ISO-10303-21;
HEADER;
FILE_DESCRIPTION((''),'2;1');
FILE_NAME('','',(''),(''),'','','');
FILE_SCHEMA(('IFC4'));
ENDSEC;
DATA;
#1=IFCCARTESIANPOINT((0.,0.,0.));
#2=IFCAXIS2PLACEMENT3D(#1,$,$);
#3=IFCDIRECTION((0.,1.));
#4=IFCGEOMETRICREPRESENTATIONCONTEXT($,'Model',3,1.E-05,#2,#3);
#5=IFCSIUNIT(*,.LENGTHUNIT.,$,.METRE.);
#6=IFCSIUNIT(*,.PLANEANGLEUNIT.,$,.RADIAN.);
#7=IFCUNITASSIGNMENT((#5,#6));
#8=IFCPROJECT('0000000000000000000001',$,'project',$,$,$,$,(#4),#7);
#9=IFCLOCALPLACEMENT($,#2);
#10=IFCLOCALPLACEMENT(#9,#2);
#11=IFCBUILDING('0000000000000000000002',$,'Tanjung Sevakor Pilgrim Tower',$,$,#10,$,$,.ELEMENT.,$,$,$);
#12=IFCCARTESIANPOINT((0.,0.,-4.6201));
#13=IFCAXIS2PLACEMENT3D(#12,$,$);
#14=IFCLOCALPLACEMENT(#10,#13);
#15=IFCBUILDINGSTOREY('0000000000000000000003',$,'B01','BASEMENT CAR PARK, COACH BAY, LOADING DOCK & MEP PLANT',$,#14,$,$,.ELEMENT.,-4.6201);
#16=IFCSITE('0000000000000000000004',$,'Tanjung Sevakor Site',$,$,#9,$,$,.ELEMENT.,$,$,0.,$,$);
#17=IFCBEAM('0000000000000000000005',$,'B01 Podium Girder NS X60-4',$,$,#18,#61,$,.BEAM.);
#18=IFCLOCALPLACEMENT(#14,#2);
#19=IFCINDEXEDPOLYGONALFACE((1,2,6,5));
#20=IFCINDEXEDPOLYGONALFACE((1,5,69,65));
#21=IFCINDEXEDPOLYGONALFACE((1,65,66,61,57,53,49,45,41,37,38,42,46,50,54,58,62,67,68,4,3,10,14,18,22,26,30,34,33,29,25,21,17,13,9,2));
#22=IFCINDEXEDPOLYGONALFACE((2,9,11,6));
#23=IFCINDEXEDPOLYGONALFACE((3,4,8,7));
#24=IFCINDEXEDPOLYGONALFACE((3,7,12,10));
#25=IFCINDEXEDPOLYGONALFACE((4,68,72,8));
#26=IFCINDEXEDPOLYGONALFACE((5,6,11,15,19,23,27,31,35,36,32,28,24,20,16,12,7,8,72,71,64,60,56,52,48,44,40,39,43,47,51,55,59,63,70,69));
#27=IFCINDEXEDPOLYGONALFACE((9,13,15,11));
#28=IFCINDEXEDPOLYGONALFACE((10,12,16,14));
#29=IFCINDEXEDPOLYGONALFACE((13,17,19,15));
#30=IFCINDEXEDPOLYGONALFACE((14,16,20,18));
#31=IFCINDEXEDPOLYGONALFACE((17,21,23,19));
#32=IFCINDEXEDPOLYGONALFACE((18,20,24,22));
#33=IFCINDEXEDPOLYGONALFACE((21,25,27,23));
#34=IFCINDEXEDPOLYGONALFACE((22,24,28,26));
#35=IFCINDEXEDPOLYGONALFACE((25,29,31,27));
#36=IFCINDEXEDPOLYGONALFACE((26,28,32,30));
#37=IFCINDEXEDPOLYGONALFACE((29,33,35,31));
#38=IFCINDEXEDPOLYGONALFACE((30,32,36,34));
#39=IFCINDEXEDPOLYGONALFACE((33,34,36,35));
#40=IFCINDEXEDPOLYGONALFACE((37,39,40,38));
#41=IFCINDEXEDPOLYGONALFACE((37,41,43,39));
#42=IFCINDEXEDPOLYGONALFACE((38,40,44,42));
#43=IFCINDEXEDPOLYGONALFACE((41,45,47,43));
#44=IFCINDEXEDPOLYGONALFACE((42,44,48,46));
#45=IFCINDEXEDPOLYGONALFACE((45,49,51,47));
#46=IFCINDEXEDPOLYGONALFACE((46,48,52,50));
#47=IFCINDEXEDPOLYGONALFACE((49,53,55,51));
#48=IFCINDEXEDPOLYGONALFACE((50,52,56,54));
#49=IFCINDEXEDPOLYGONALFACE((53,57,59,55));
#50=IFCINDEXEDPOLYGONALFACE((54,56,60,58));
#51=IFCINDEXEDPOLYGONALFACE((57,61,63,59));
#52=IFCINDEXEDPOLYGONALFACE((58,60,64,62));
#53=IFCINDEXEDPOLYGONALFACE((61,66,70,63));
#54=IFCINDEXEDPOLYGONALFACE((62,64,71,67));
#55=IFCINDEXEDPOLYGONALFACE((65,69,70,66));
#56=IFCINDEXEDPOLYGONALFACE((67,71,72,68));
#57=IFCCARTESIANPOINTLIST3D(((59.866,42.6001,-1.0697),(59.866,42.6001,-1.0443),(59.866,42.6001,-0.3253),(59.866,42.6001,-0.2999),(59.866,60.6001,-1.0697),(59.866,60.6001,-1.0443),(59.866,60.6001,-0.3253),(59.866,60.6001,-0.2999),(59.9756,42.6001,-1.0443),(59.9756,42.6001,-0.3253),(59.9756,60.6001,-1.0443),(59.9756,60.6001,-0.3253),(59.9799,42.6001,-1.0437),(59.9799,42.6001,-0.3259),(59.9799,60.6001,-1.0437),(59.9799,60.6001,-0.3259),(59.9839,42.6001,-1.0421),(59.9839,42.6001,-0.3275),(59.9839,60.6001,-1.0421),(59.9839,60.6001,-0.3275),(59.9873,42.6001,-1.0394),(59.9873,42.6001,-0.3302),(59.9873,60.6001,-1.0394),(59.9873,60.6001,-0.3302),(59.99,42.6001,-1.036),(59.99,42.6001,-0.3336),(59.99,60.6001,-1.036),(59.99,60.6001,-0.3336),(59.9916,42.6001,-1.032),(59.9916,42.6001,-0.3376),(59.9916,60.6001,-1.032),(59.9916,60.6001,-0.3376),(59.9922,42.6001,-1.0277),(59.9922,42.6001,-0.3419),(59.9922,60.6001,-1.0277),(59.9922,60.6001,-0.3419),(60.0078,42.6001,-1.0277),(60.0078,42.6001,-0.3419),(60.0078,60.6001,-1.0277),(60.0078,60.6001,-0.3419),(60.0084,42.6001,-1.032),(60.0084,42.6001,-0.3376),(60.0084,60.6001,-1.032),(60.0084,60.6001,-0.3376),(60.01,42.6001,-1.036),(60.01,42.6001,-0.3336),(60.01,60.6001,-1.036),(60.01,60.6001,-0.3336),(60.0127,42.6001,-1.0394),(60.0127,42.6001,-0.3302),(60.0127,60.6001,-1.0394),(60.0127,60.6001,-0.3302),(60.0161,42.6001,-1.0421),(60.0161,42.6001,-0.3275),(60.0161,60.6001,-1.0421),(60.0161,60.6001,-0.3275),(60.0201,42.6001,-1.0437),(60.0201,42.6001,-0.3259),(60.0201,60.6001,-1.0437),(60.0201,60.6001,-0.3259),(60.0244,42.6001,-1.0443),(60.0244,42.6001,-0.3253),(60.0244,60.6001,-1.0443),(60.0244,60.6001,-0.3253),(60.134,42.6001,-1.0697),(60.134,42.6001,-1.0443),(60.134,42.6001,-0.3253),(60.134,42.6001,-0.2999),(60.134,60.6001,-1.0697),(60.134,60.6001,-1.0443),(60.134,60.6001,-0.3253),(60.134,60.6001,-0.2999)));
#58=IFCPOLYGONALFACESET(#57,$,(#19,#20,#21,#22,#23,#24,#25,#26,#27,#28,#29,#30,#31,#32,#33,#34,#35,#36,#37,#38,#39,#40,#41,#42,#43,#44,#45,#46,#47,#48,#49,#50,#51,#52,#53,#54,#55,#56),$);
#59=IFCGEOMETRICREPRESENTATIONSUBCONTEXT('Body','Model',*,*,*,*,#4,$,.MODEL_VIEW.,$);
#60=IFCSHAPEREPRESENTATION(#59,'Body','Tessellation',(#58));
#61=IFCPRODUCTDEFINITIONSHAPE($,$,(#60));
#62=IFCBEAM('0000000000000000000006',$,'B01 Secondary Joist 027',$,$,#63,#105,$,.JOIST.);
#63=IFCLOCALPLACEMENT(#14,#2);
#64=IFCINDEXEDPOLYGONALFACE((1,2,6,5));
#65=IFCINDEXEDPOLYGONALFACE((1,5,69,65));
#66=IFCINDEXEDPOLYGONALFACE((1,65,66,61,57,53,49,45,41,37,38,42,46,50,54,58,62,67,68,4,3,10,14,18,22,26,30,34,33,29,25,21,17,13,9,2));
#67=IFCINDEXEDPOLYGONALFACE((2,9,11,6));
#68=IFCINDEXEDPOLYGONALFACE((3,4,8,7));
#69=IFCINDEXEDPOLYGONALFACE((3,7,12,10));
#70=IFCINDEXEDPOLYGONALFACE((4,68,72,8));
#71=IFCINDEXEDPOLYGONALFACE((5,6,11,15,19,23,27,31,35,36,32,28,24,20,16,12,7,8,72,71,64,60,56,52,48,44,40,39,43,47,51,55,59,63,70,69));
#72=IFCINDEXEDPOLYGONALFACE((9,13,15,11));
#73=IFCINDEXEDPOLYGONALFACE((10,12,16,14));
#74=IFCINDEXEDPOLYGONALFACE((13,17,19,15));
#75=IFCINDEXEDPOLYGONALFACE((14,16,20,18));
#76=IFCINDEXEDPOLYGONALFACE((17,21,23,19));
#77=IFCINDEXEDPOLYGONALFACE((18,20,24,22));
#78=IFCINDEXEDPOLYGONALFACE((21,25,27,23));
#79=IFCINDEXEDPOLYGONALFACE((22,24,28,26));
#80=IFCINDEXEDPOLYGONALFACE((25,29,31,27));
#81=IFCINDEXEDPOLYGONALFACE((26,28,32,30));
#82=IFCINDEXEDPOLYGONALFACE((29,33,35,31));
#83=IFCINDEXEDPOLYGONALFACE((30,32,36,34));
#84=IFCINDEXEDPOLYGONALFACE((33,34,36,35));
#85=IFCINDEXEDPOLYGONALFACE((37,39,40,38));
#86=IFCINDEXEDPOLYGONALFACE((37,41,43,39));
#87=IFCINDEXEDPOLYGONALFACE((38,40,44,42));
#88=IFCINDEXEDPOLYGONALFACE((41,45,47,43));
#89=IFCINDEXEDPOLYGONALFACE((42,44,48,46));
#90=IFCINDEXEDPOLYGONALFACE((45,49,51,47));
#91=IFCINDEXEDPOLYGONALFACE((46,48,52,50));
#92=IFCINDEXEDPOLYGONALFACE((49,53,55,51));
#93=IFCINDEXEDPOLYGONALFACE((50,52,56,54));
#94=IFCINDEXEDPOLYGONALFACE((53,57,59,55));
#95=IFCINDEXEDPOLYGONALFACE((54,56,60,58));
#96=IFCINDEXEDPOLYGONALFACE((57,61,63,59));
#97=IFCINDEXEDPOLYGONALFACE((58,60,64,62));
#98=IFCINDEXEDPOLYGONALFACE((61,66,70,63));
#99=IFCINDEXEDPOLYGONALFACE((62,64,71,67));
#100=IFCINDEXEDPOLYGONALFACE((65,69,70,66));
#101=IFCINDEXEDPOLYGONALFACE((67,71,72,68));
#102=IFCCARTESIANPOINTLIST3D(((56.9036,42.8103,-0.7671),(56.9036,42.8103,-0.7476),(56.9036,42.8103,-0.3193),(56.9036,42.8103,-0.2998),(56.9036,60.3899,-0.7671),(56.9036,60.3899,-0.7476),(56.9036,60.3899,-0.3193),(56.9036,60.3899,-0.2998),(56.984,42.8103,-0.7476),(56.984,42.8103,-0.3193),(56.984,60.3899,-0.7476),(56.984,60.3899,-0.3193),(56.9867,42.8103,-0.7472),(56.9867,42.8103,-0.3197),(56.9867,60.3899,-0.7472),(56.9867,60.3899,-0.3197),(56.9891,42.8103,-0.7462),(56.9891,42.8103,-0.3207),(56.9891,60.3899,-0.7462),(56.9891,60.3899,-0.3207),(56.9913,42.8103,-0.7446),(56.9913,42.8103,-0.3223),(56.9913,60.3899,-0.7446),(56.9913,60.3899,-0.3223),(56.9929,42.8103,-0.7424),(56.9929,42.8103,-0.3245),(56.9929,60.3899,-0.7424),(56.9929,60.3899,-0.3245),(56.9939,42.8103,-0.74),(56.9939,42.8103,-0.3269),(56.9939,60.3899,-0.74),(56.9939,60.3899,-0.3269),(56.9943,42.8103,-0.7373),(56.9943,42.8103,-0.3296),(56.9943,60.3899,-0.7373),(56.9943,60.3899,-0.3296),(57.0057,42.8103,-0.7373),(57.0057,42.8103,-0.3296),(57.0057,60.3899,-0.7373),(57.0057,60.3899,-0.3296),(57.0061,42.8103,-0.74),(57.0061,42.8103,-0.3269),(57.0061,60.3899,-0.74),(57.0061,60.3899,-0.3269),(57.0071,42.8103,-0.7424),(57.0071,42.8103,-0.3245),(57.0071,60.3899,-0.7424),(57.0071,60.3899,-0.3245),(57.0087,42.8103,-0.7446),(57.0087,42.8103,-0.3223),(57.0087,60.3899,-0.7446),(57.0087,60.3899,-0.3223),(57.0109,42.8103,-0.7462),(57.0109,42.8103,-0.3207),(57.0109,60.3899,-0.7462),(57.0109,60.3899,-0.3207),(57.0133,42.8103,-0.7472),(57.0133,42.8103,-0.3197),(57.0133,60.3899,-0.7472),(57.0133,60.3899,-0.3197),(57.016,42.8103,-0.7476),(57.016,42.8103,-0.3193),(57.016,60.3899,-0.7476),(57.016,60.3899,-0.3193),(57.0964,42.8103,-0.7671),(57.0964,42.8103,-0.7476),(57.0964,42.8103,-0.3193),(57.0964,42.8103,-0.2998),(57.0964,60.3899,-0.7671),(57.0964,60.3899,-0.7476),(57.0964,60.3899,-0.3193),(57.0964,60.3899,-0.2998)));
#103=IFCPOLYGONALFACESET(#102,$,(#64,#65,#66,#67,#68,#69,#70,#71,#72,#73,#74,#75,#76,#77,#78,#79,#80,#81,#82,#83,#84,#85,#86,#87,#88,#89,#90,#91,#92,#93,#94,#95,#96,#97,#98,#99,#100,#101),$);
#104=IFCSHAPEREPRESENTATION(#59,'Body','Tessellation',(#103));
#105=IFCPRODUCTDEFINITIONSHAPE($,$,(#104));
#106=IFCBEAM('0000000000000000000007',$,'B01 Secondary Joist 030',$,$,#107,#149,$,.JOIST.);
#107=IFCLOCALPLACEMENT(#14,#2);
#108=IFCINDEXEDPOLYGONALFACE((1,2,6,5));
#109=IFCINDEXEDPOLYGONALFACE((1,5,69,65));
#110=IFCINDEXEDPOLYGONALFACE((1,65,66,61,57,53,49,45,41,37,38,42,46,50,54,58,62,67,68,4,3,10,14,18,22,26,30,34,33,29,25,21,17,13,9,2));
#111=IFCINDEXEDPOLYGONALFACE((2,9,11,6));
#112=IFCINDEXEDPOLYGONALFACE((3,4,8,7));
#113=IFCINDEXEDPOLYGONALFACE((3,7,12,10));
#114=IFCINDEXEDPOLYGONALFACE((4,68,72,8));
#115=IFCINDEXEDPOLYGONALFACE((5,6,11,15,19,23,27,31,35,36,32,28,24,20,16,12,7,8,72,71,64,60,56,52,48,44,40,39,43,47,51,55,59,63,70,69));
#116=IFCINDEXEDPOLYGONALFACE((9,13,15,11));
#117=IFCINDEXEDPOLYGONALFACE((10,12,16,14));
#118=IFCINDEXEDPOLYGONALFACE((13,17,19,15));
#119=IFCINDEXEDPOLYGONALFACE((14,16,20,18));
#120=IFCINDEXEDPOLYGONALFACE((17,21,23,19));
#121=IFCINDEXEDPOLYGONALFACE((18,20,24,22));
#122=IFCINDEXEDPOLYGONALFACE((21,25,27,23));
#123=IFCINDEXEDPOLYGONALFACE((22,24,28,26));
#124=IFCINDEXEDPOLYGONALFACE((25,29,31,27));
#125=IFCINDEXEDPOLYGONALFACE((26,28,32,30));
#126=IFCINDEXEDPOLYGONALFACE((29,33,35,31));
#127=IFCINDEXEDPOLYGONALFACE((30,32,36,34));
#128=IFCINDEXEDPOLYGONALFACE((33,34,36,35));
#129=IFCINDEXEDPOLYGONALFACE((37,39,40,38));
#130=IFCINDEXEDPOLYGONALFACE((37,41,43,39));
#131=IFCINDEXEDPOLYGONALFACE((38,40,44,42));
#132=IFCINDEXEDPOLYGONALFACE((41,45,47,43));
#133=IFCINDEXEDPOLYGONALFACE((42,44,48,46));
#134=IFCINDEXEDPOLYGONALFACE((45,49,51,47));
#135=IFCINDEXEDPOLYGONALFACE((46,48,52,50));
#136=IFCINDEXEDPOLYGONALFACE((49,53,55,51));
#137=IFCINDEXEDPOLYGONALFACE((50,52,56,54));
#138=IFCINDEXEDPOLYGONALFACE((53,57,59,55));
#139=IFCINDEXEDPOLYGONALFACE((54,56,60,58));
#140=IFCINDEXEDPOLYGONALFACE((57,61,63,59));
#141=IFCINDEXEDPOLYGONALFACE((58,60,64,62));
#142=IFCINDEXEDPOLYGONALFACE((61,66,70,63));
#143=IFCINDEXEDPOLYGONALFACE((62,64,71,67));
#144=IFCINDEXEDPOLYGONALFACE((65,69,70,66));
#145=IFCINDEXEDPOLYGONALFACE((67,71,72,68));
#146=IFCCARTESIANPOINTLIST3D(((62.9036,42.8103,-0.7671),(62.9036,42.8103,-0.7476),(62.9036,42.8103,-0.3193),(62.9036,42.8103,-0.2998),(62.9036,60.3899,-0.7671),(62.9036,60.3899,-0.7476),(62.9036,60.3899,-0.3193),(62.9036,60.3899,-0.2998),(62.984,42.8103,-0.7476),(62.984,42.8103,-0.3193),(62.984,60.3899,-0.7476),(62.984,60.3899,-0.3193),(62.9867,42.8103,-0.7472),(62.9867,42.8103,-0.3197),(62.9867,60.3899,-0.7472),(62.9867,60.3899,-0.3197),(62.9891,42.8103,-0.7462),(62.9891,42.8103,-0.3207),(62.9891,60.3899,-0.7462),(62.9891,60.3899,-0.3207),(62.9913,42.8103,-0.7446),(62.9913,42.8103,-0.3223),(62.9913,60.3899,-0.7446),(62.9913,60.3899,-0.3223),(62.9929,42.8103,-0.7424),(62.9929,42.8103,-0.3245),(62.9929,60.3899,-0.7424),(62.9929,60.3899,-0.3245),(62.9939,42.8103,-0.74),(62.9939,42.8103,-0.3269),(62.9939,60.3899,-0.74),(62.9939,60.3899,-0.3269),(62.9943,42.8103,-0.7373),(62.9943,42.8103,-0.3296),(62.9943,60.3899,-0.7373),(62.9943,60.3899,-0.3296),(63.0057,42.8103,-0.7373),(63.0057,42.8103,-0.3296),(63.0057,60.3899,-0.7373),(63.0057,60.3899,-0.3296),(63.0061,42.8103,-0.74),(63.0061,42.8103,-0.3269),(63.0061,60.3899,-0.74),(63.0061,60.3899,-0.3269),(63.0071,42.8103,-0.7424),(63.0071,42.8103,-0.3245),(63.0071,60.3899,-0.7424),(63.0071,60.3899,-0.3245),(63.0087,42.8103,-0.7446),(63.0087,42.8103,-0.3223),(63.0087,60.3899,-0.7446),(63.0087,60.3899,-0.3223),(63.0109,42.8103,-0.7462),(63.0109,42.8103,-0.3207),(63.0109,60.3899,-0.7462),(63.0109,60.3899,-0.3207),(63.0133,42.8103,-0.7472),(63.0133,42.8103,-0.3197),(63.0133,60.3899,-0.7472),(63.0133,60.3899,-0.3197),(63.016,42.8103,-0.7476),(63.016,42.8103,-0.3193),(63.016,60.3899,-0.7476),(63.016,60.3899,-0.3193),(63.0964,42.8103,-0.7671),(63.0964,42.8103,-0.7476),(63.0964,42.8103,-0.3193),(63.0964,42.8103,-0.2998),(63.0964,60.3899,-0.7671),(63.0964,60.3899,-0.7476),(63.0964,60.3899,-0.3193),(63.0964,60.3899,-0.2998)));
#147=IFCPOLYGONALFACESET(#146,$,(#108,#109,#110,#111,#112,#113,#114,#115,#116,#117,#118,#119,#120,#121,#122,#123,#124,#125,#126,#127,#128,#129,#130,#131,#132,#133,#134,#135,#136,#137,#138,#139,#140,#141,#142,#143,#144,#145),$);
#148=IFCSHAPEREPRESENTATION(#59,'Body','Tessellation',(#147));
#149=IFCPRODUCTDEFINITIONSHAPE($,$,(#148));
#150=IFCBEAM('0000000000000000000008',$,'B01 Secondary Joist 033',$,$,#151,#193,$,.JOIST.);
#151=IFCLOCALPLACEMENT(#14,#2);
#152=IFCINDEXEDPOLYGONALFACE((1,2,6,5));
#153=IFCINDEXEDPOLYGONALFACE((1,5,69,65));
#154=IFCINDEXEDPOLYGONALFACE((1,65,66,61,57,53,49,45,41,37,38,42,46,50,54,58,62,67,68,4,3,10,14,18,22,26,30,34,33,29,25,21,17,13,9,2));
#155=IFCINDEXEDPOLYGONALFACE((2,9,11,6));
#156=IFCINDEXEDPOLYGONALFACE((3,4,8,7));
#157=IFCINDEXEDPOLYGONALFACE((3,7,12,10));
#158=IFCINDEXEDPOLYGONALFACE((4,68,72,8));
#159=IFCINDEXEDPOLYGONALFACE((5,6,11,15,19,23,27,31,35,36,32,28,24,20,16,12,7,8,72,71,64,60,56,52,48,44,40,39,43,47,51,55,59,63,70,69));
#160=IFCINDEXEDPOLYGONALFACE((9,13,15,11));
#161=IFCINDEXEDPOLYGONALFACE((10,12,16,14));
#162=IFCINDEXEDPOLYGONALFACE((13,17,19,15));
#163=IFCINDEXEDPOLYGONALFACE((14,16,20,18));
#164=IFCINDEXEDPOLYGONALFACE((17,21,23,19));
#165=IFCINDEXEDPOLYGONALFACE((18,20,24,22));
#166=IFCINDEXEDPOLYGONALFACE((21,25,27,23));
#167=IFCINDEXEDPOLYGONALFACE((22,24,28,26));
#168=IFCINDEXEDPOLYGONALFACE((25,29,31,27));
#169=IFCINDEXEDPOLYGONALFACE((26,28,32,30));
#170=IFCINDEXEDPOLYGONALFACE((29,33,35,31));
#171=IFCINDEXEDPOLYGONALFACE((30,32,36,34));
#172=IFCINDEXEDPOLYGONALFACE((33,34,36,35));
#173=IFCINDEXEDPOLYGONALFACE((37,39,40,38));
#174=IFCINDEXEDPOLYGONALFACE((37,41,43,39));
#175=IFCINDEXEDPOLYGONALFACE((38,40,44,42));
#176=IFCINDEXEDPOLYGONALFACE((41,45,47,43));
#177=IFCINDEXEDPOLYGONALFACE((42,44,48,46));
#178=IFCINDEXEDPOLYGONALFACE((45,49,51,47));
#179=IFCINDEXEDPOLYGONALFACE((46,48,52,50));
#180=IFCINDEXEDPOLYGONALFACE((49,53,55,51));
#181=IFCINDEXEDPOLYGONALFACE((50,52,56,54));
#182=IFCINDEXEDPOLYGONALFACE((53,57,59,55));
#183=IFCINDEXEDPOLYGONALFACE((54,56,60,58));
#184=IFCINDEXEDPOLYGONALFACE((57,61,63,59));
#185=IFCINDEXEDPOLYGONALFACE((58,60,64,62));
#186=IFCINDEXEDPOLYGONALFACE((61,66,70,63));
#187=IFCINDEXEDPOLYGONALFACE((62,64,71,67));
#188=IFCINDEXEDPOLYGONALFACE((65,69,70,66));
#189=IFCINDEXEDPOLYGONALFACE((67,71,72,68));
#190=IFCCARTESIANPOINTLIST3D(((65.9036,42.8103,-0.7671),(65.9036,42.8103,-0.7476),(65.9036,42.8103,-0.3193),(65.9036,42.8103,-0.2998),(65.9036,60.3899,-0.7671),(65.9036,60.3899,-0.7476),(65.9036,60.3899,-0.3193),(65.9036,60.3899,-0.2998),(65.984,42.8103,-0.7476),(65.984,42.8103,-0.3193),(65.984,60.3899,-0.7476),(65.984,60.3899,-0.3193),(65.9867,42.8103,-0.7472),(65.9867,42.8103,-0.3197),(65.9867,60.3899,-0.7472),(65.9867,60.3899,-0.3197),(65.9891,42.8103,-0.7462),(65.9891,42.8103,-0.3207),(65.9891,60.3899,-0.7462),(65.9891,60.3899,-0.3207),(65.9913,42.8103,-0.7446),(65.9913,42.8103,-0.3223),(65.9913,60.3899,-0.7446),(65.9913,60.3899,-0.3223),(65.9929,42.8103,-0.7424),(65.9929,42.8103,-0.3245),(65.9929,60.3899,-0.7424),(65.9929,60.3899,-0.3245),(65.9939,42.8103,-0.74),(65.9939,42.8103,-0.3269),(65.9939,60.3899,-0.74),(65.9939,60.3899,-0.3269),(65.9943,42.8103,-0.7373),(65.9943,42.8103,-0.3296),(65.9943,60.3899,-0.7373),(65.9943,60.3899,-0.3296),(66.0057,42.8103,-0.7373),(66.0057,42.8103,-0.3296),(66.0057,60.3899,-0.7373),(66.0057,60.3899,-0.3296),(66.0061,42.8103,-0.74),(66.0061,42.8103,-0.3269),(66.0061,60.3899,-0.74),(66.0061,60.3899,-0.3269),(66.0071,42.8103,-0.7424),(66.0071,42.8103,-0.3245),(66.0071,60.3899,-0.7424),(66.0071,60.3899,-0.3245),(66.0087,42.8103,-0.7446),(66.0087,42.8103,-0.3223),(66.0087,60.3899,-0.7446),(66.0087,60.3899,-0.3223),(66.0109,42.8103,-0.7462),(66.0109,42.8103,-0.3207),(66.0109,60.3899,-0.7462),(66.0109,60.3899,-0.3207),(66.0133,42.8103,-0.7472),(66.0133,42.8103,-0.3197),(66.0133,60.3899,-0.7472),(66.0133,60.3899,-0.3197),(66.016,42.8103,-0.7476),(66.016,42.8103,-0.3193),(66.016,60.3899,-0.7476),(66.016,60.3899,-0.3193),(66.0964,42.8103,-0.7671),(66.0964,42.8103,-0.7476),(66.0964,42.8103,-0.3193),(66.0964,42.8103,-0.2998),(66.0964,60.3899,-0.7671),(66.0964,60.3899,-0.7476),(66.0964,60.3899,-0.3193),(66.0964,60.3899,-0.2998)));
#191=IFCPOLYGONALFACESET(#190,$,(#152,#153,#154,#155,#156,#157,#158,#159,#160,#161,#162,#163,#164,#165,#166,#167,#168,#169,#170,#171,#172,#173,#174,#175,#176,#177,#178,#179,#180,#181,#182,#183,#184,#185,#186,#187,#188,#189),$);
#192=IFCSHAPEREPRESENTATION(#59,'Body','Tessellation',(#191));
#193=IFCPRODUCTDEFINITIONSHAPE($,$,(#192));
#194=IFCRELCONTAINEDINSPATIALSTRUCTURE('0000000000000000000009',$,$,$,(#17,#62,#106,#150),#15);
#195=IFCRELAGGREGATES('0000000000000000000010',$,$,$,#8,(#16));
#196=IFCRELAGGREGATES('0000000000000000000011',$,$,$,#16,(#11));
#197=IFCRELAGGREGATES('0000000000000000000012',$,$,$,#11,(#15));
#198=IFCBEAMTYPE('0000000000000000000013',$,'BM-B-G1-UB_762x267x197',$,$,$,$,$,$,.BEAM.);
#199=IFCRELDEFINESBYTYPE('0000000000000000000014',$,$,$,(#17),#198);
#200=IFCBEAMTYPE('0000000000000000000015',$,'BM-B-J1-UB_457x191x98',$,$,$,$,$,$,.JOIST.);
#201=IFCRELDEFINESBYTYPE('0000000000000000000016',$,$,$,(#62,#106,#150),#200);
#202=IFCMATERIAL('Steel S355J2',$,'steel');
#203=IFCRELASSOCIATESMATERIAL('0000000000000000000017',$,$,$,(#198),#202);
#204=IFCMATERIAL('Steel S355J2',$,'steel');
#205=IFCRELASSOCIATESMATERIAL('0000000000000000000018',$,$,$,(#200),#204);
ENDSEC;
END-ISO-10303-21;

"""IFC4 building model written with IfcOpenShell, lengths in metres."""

from ifc_helpers import new_model, si_unit, direction, frame, origin, origin_2d, place, context, subcontext, project, spatial, i_section, extrude, material, material_profile, profile_set, type_object, element, save


model = new_model("IFC4")

# Units and contexts
model_context = context("Model", 3, precision=1e-05, world=origin(), true_north=direction((0.0, 1.0)))
body_context = subcontext(model_context, "Body", "Model", "MODEL_VIEW")
ifc_project = project(units=[si_unit("LENGTHUNIT", "METRE"), si_unit("PLANEANGLEUNIT", "RADIAN")], contexts=[model_context])

# Site, building, storey
site_placement = place(None, origin())
site = spatial("IfcSite", under=ifc_project, at=site_placement, Name="Tanjung Sevakor Site", CompositionType="ELEMENT", RefElevation=0.0)
building_placement = place(site_placement, origin())
building = spatial("IfcBuilding", under=site, at=building_placement, Name="Tanjung Sevakor Pilgrim Tower", CompositionType="ELEMENT")
storey_placement = place(building_placement, frame((0.0, 0.0, -4.6201)))
storey = spatial("IfcBuildingStorey", under=building, at=storey_placement, Name="B01", Description="BASEMENT CAR PARK, COACH BAY, LOADING DOCK & MEP PLANT", CompositionType="ELEMENT", Elevation=-4.6201)

# Beams
ifc_material_1 = material(Name="Steel S355J2", Category="steel")
ifc_material_profile_1 = material_profile(ifc_material_1, i_section(OverallWidth=0.2681, OverallDepth=0.7698, WebThickness=0.0156, FlangeThickness=0.0254, FilletRadius=0.0166, at=origin_2d()))
ifc_profile_set_1 = profile_set([ifc_material_profile_1], Name="Steel S355J2")
beam_type_1 = type_object("IfcBeamType", Name="BM-B-G1-UB_762x267x197", PredefinedType="BEAM", material=ifc_profile_set_1)
for number, where, z_axis, x_axis, name in (
    (1, (60.0, 42.6001, -0.6848), (0.0, 1.0, 0.0), (-1.0, 0.0, 0.0), "B01 Podium Girder NS X60-4"),
):
    element("IfcBeam", number, at=place(storey_placement, frame(where, z_axis=z_axis, x_axis=x_axis)), inside=storey, type_object=beam_type_1, Name=name, PredefinedType="BEAM", context=body_context, shape_type="SweptSolid", body=[
        extrude(i_section(OverallWidth=0.2681, OverallDepth=0.7698, WebThickness=0.0156, FlangeThickness=0.0254, FilletRadius=0.0166, at=origin_2d()), origin(), (0.0, 0.0, 1.0), 18.0),
    ])
ifc_material_2 = material(Name="Steel S355J2", Category="steel")
ifc_material_profile_2 = material_profile(ifc_material_2, i_section(OverallWidth=0.1929, OverallDepth=0.4673, WebThickness=0.0115, FlangeThickness=0.0195, FilletRadius=0.0103, at=origin_2d()))
ifc_profile_set_2 = profile_set([ifc_material_profile_2], Name="Steel S355J2")
beam_type_2 = type_object("IfcBeamType", Name="BM-B-J1-UB_457x191x98", PredefinedType="JOIST", material=ifc_profile_set_2)
for number, where, z_axis, x_axis, name in (
    (2, (57.0, 42.8103, -0.5334), (0.0, 1.0, 0.0), (-1.0, 0.0, 0.0), "B01 Secondary Joist 027"),
    (3, (63.0, 42.8103, -0.5334), (0.0, 1.0, 0.0), (-1.0, 0.0, 0.0), "B01 Secondary Joist 030"),
    (4, (66.0, 42.8103, -0.5334), (0.0, 1.0, 0.0), (-1.0, 0.0, 0.0), "B01 Secondary Joist 033"),
):
    element("IfcBeam", number, at=place(storey_placement, frame(where, z_axis=z_axis, x_axis=x_axis)), inside=storey, type_object=beam_type_2, Name=name, PredefinedType="JOIST", context=body_context, shape_type="SweptSolid", body=[
        extrude(i_section(OverallWidth=0.1929, OverallDepth=0.4673, WebThickness=0.0115, FlangeThickness=0.0195, FilletRadius=0.0103, at=origin_2d()), origin(), (0.0, 0.0, 1.0), 17.5796),
    ])

save(model, "model.ifc")
